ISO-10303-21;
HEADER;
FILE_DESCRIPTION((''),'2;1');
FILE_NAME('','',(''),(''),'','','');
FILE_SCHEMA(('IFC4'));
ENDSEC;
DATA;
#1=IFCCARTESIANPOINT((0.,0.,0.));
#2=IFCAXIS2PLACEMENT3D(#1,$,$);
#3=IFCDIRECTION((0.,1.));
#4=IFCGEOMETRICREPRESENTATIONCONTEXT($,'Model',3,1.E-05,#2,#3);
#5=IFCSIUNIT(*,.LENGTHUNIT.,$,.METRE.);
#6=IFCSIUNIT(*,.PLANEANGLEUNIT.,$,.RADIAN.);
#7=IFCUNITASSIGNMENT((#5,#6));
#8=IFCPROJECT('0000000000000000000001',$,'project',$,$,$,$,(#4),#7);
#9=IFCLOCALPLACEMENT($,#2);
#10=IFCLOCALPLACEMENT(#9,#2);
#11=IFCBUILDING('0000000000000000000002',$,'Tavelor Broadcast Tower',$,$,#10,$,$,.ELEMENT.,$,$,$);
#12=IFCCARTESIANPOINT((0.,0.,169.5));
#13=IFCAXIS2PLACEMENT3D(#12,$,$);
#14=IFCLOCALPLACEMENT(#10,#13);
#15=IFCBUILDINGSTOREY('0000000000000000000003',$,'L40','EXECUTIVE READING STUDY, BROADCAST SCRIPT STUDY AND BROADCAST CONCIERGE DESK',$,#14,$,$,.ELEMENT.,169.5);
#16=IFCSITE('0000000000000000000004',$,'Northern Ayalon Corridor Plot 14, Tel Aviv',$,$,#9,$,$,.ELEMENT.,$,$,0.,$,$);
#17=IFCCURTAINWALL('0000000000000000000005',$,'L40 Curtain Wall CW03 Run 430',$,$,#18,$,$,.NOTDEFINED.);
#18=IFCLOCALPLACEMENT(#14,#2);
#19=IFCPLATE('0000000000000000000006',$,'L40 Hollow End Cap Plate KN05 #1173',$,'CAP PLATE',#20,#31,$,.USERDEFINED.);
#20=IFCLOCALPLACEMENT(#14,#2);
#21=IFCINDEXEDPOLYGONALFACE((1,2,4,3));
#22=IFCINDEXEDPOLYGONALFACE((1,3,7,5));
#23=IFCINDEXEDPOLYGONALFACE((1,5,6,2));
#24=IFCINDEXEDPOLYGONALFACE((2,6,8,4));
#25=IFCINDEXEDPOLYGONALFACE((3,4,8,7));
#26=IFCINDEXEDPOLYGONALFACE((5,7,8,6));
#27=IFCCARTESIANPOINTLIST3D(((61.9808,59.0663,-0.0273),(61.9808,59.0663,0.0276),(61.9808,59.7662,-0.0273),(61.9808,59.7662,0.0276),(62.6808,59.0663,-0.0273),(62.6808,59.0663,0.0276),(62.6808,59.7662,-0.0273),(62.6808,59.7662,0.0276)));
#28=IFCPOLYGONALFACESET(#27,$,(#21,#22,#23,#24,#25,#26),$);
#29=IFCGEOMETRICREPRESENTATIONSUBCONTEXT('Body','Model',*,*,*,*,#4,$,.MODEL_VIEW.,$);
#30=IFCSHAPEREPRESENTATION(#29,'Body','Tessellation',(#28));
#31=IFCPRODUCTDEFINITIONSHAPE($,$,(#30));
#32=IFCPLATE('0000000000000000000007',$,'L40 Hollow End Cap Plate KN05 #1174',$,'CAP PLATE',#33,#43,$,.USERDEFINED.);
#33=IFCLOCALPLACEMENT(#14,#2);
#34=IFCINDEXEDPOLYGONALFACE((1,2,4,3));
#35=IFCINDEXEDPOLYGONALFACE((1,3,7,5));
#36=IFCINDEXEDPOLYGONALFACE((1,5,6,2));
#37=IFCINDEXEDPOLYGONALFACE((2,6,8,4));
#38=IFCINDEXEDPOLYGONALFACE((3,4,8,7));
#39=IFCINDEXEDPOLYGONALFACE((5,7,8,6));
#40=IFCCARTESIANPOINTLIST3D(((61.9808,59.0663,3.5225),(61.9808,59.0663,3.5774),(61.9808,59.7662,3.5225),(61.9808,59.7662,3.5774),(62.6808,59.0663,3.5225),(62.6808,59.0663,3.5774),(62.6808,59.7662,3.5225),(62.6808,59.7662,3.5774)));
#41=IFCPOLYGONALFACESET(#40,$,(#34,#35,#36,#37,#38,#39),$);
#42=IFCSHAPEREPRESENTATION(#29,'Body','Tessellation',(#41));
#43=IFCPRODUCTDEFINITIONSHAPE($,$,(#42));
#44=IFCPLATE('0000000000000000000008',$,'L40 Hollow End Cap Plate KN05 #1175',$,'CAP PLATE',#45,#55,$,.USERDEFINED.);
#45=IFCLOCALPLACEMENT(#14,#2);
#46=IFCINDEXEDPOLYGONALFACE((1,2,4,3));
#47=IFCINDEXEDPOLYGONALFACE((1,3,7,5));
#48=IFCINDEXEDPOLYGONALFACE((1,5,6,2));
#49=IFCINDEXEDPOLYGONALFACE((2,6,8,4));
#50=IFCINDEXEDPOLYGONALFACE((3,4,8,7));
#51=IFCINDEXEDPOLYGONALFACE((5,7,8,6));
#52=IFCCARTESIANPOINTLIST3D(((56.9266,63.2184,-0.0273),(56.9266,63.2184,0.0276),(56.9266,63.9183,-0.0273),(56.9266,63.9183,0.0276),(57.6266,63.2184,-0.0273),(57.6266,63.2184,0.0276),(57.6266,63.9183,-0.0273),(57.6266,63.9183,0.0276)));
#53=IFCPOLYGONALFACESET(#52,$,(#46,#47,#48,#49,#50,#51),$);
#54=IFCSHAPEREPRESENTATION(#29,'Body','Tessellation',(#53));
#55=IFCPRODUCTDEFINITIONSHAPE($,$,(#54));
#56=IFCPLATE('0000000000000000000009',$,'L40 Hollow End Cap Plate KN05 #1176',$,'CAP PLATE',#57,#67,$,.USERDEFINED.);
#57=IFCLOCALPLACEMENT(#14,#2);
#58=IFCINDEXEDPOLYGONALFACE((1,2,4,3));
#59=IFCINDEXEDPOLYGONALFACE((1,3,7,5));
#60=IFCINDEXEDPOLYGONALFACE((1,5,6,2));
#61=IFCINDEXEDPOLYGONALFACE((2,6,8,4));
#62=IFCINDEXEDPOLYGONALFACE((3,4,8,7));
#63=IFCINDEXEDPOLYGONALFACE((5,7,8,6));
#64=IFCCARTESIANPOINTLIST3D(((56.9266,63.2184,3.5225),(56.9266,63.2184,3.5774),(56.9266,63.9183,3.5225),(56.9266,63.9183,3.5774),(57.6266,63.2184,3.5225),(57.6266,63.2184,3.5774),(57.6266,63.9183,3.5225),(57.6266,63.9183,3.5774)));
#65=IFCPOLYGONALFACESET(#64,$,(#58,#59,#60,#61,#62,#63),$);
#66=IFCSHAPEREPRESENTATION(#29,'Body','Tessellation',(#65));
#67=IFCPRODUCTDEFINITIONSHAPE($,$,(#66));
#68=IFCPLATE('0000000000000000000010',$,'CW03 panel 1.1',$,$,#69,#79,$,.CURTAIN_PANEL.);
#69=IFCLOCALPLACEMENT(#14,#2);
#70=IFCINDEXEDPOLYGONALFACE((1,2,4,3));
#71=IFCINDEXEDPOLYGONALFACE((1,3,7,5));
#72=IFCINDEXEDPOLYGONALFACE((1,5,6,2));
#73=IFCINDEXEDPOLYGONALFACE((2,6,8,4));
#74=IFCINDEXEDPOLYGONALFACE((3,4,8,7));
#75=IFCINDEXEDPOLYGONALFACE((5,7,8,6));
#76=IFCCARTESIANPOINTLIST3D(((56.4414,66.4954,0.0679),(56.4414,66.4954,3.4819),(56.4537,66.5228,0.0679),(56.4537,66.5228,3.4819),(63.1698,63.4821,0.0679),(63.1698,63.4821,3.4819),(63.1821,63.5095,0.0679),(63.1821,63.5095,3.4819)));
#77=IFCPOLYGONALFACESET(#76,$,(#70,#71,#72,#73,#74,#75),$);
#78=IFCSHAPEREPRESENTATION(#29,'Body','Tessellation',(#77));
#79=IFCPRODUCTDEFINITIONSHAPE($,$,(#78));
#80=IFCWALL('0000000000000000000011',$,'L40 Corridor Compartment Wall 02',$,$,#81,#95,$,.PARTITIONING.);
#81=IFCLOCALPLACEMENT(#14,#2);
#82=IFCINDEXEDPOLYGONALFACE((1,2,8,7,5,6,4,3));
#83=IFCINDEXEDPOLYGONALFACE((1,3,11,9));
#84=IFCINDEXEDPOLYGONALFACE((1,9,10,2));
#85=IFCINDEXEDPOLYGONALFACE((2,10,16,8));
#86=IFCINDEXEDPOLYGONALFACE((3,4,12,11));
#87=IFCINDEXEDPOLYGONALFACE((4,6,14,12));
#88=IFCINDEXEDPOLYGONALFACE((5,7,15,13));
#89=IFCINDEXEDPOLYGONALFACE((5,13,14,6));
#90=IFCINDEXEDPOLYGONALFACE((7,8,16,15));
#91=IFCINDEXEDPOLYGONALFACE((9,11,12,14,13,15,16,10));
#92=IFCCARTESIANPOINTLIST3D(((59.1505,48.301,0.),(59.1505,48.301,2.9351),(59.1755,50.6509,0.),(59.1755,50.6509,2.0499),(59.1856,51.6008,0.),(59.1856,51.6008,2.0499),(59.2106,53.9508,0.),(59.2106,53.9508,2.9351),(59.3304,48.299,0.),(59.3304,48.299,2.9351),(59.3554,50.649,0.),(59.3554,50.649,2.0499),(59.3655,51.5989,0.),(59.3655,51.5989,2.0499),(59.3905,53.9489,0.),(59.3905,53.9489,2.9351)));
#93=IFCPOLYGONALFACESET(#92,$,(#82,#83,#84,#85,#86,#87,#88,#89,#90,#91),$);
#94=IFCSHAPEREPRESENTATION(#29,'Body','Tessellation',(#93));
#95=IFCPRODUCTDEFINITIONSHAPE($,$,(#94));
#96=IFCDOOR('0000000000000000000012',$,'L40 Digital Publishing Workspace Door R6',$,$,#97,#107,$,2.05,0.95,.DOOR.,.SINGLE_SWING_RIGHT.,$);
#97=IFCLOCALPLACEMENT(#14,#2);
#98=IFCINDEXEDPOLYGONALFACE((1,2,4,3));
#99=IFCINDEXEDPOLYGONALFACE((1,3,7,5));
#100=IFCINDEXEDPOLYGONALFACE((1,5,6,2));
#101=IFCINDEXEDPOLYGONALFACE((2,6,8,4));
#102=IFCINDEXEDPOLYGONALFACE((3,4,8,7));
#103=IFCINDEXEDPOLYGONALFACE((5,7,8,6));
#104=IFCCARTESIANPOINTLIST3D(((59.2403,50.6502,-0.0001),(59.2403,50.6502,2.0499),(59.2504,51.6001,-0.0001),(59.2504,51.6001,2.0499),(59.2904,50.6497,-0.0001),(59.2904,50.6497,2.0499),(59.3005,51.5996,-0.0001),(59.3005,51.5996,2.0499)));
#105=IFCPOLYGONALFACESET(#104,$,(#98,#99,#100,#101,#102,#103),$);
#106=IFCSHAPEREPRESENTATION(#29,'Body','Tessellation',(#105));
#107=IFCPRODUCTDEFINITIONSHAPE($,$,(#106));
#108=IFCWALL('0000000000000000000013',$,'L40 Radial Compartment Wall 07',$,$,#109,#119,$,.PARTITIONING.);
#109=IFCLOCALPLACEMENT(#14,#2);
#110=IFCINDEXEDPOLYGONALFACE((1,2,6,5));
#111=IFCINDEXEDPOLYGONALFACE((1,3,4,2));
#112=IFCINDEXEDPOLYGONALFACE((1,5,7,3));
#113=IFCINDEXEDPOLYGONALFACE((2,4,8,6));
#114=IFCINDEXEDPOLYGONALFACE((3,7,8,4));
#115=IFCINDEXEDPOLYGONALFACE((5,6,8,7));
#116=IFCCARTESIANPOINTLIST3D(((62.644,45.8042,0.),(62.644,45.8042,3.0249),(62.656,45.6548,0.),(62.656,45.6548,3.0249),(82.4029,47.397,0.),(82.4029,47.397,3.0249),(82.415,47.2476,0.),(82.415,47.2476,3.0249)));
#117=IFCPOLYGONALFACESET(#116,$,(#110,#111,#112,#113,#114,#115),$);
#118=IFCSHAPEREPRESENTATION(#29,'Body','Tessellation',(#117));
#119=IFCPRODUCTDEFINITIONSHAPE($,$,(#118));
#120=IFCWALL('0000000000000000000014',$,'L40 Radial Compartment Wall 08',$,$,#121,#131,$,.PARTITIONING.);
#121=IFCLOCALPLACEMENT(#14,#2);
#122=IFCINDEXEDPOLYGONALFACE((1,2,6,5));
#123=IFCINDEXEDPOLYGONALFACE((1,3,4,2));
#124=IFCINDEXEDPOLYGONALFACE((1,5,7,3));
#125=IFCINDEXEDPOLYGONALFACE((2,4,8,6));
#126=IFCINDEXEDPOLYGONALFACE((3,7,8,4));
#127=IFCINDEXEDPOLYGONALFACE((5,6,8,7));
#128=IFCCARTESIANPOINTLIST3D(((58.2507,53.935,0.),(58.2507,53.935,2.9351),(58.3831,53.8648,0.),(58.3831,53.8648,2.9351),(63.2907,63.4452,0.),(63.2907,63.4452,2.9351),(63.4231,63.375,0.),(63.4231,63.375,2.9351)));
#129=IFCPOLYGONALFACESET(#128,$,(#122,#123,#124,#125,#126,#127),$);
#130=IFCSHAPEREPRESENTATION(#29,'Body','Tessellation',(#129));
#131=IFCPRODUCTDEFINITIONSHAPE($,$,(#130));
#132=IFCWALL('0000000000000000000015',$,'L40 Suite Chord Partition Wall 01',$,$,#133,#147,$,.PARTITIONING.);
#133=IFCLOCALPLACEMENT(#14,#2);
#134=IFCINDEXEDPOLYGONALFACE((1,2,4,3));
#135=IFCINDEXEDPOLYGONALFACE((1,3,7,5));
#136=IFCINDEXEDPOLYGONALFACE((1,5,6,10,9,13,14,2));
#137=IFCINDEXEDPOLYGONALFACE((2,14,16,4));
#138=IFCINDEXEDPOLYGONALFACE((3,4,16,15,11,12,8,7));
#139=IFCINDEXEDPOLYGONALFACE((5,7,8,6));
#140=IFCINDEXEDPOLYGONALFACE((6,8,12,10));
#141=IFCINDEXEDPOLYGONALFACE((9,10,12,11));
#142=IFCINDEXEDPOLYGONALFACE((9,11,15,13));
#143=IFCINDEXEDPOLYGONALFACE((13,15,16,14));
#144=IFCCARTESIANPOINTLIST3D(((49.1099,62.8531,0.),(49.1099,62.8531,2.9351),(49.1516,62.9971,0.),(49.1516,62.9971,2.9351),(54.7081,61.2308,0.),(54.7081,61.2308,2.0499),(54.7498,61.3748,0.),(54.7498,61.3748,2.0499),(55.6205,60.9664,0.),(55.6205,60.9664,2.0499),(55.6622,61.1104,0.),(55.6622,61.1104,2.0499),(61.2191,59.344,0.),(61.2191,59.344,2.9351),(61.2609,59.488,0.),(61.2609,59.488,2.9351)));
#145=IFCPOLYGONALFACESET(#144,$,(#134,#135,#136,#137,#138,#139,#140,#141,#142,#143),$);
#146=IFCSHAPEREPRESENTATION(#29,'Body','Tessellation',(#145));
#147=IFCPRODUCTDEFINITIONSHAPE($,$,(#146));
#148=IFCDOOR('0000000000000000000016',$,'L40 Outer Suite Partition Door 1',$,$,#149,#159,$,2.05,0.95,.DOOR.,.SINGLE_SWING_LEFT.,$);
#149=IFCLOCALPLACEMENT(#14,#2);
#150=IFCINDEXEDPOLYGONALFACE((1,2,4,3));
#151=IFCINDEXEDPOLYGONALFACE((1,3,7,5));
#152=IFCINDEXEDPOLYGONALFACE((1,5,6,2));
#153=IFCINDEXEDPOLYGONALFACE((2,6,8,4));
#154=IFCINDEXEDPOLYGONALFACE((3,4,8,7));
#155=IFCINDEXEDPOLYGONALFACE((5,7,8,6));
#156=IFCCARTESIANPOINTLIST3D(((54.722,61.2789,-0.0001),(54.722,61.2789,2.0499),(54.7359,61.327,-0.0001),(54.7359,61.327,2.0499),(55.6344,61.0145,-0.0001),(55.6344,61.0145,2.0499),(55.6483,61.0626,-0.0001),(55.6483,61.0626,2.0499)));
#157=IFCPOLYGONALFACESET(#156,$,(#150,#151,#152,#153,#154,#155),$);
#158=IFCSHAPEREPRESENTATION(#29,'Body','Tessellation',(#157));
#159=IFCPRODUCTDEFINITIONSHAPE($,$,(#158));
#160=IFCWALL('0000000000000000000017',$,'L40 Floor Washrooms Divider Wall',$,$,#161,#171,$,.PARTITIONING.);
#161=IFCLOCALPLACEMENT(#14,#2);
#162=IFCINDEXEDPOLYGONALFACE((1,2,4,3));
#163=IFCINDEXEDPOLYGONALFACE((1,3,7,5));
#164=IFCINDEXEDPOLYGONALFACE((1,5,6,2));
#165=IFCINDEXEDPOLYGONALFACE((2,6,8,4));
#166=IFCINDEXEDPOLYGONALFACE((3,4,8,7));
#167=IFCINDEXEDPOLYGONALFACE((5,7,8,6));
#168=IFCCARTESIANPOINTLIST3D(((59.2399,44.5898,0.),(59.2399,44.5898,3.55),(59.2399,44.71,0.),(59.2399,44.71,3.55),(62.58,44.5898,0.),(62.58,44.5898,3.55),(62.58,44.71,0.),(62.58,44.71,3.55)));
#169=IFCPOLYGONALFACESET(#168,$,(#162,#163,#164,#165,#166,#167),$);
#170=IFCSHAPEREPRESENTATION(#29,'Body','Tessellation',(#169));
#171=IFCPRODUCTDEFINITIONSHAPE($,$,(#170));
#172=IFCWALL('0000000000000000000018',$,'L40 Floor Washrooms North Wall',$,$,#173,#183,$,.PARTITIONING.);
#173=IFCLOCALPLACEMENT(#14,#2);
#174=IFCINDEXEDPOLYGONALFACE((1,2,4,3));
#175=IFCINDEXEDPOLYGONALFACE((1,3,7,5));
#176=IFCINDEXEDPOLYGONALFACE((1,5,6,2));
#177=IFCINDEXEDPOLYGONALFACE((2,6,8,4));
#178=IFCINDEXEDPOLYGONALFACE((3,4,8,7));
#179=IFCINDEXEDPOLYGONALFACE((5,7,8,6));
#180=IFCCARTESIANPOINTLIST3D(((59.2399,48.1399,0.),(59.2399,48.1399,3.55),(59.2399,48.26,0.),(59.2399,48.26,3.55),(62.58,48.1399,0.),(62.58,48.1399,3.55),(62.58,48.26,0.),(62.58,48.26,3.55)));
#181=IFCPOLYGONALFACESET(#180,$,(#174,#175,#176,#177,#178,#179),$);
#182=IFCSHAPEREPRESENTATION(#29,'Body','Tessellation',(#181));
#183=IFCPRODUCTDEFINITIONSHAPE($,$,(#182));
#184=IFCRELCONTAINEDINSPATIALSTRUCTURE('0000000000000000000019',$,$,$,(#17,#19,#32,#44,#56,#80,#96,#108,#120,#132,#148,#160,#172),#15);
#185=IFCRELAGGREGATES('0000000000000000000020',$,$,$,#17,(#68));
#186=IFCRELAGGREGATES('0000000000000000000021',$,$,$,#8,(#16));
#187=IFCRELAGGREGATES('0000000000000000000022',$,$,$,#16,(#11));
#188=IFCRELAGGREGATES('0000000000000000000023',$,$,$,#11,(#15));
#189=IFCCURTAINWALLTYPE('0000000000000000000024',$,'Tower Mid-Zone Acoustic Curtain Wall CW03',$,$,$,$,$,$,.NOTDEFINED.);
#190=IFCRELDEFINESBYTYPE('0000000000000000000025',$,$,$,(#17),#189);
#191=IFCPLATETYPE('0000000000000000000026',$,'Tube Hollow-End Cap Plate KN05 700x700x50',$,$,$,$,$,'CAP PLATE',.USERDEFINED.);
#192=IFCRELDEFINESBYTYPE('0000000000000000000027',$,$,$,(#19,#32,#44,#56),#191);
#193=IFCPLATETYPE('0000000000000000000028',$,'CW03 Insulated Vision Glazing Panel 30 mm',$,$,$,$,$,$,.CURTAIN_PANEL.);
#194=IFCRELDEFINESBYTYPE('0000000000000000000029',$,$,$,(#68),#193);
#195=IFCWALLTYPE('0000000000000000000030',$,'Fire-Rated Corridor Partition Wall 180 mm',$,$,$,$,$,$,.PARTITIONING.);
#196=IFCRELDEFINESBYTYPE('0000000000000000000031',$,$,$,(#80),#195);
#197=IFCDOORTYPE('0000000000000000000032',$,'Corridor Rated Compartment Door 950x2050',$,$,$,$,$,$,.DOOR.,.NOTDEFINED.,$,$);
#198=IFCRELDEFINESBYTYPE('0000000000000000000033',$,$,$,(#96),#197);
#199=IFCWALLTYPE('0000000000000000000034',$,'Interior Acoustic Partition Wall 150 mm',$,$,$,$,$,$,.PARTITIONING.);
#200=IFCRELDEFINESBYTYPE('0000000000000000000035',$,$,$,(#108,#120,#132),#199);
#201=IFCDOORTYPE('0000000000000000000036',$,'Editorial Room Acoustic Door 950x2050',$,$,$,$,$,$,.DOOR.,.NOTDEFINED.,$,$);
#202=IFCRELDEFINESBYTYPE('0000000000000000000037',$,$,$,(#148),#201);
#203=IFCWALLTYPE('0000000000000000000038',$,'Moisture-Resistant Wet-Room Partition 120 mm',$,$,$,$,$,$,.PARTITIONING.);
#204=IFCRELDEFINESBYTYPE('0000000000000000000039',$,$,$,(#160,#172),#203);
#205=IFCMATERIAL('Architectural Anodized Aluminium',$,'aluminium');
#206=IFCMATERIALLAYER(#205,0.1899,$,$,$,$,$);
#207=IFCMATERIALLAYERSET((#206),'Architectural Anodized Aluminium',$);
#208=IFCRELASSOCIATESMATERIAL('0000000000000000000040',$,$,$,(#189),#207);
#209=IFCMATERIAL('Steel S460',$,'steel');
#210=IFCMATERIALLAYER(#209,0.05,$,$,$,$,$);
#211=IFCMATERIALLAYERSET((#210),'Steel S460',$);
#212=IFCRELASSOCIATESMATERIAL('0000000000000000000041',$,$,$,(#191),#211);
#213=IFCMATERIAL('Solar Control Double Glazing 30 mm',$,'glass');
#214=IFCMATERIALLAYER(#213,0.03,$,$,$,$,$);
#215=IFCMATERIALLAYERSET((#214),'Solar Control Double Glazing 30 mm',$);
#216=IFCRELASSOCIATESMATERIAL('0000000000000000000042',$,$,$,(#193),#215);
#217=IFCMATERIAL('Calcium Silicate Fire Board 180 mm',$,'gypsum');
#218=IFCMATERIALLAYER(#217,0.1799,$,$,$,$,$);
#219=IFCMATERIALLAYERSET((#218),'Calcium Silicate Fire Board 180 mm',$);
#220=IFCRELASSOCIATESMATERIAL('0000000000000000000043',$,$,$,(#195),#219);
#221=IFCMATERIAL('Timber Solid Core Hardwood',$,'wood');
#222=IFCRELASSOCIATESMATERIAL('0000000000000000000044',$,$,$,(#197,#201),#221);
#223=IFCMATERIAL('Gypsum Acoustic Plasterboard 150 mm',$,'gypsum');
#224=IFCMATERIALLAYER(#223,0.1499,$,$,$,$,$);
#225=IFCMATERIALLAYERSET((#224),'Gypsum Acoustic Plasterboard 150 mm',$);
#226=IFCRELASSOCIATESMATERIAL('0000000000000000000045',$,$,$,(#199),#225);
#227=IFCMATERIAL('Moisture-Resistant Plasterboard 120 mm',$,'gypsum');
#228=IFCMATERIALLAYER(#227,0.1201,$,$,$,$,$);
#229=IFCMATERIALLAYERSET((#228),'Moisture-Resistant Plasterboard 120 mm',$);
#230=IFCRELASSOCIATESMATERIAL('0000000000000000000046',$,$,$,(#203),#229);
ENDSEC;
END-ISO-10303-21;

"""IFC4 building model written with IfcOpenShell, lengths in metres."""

from ifc_helpers import new_model, si_unit, direction, frame, frame_2d, origin, origin_2d, place, context, subcontext, project, spatial, rectangle, extrude, source, transform, mapped, material, layer, layer_set, type_object, type_shapes, element, fill, aggregate, save


model = new_model("IFC4")

# Units and contexts
model_context = context("Model", 3, precision=1e-05, world=origin(), true_north=direction((0.0, 1.0)))
body_context = subcontext(model_context, "Body", "Model", "MODEL_VIEW")
ifc_project = project(units=[si_unit("LENGTHUNIT", "METRE"), si_unit("PLANEANGLEUNIT", "RADIAN")], contexts=[model_context])

# Site, building, storey
site_placement = place(None, origin())
site = spatial("IfcSite", under=ifc_project, at=site_placement, Name="Northern Ayalon Corridor Plot 14, Tel Aviv", CompositionType="ELEMENT", RefElevation=0.0)
building_placement = place(site_placement, origin())
building = spatial("IfcBuilding", under=site, at=building_placement, Name="Tavelor Broadcast Tower", CompositionType="ELEMENT")
storey_placement = place(building_placement, frame((0.0, 0.0, 169.5)))
storey = spatial("IfcBuildingStorey", under=building, at=storey_placement, Name="L40", Description="EXECUTIVE READING STUDY, BROADCAST SCRIPT STUDY AND BROADCAST CONCIERGE DESK", CompositionType="ELEMENT", Elevation=169.5)

# Shared definitions
ifc_material_1 = material(Name="Steel S460", Category="steel")

# Curtain wall
ifc_material_2 = material(Name="Architectural Anodized Aluminium", Category="aluminium")
ifc_layer_1 = layer(ifc_material_2, 0.1899)
ifc_layer_set_1 = layer_set([ifc_layer_1], Name="Architectural Anodized Aluminium")
curtain_wall_type = type_object("IfcCurtainWallType", Name="Tower Mid-Zone Acoustic Curtain Wall CW03", PredefinedType="NOTDEFINED", material=ifc_layer_set_1)
curtain_wall_placement = place(storey_placement, origin())
curtain_wall = element("IfcCurtainWall", 1, at=curtain_wall_placement, inside=storey, type_object=curtain_wall_type, Name="L40 Curtain Wall CW03 Run 430", PredefinedType="NOTDEFINED")

# Plates
ifc_layer_2 = layer(ifc_material_1, 0.05)
ifc_layer_set_2 = layer_set([ifc_layer_2], Name="Steel S460")
plate_type_1 = type_object("IfcPlateType", Name="Tube Hollow-End Cap Plate KN05 700x700x50", ElementType="CAP PLATE", PredefinedType="USERDEFINED", material=ifc_layer_set_2)
shared_shape_1 = source(origin(), body_context, "Body", "SweptSolid", [
    extrude(rectangle(XDim=0.7, YDim=0.7, at=origin_2d()), origin(), (0.0, 0.0, 1.0), 0.0549),
])
type_shapes(plate_type_1, [shared_shape_1])
for number, where, z_axis, x_axis, name in (
    (2, (62.3308, 59.4163, -0.0273), (0.0, 0.0, 1.0), (1.0, 0.0, 0.0), "L40 Hollow End Cap Plate KN05 #1173"),
    (3, (62.3308, 59.4163, 3.5225), (0.0, 0.0, 1.0), (1.0, 0.0, 0.0), "L40 Hollow End Cap Plate KN05 #1174"),
    (4, (57.2766, 63.5684, -0.0273), (0.0, 0.0, 1.0), (1.0, 0.0, 0.0), "L40 Hollow End Cap Plate KN05 #1175"),
    (5, (57.2766, 63.5684, 3.5225), (0.0, 0.0, 1.0), (1.0, 0.0, 0.0), "L40 Hollow End Cap Plate KN05 #1176"),
):
    element("IfcPlate", number, at=place(storey_placement, frame(where, z_axis=z_axis, x_axis=x_axis)), inside=storey, type_object=plate_type_1, Name=name, ObjectType="CAP PLATE", PredefinedType="USERDEFINED", context=body_context, shape_type="MappedRepresentation", body=[
        mapped(shared_shape_1, transform((0.0, 0.0, 0.0), scale=1.0)),
    ])

# Plate
ifc_material_3 = material(Name="Solar Control Double Glazing 30 mm", Category="glass")
ifc_layer_3 = layer(ifc_material_3, 0.03)
ifc_layer_set_3 = layer_set([ifc_layer_3], Name="Solar Control Double Glazing 30 mm")
plate_type_2 = type_object("IfcPlateType", Name="CW03 Insulated Vision Glazing Panel 30 mm", PredefinedType="CURTAIN_PANEL", material=ifc_layer_set_3)
shared_shape_2 = source(origin(), body_context, "Body", "SweptSolid", [
    extrude(rectangle(XDim=7.3723, YDim=0.03, at=origin_2d()), origin(), (0.0, 0.0, 1.0), 3.4141),
])
type_shapes(plate_type_2, [shared_shape_2])
plate_placement = place(storey_placement, frame((59.8118, 65.0024, 0.0679), z_axis=(0.0, 0.0, 1.0), x_axis=(-0.912654, 0.408733, 0.0)))
plate = element("IfcPlate", 6, at=plate_placement, type_object=plate_type_2, Name="CW03 panel 1.1", PredefinedType="CURTAIN_PANEL", context=body_context, shape_type="MappedRepresentation", body=[
    mapped(shared_shape_2, transform((0.0, 0.0, 0.0), scale=1.0)),
])
aggregate(curtain_wall, [plate])

# Wall, opening, door
ifc_material_4 = material(Name="Calcium Silicate Fire Board 180 mm", Category="gypsum")
ifc_layer_4 = layer(ifc_material_4, 0.1799)
ifc_layer_set_4 = layer_set([ifc_layer_4], Name="Calcium Silicate Fire Board 180 mm")
wall_type_1 = type_object("IfcWallType", Name="Fire-Rated Corridor Partition Wall 180 mm", PredefinedType="PARTITIONING", material=ifc_layer_set_4)
wall_1_placement = place(storey_placement, frame((59.3005, 53.95, 0.0), z_axis=(0.0, 0.0, 1.0), x_axis=(-0.010629, -0.999944, 0.0)))
wall_1 = element("IfcWall", 7, at=wall_1_placement, inside=storey, type_object=wall_type_1, Name="L40 Corridor Compartment Wall 02", PredefinedType="PARTITIONING", context=body_context, shape_type="SweptSolid", body=[
    extrude(rectangle(XDim=5.6501, YDim=0.1799, at=frame_2d((2.8252, 0.0))), origin(), (0.0, 0.0, 1.0), 2.9351),
])
opening_1_placement = place(wall_1_placement, frame((2.3501, 0.0, 0.0)))
opening_1 = element("IfcOpeningElement", 8, at=opening_1_placement, cuts=wall_1, PredefinedType="OPENING", context=body_context, shape_type="SweptSolid", body=[
    extrude(rectangle(XDim=0.95, YDim=2.05, at=frame_2d((0.4751, 1.0249))), frame((0.0, 0.1001, 0.0), z_axis=(0.0, -1.0, 0.0), x_axis=(1.0, 0.0, 0.0)), (0.0, 0.0, 1.0), 0.2),
])
ifc_material_5 = material(Name="Timber Solid Core Hardwood", Category="wood")
door_type_1 = type_object("IfcDoorType", Name="Corridor Rated Compartment Door 950x2050", OperationType="NOTDEFINED", PredefinedType="DOOR", material=ifc_material_5)
door_1_placement = place(opening_1_placement, origin())
door_1 = element("IfcDoor", 9, at=door_1_placement, inside=storey, type_object=door_type_1, Name="L40 Digital Publishing Workspace Door R6", OperationType="SINGLE_SWING_RIGHT", OverallHeight=2.05, OverallWidth=0.95, PredefinedType="DOOR", context=body_context, shape_type="SweptSolid", body=[
    extrude(rectangle(XDim=0.95, YDim=2.05, at=frame_2d((0.4751, 1.0249))), frame((0.0, 0.0249, 0.0), z_axis=(0.0, -1.0, 0.0), x_axis=(1.0, 0.0, 0.0)), (0.0, 0.0, 1.0), 0.05),
])
fill(opening_1, door_1)

# Walls
ifc_material_6 = material(Name="Gypsum Acoustic Plasterboard 150 mm", Category="gypsum")
ifc_layer_5 = layer(ifc_material_6, 0.1499)
ifc_layer_set_5 = layer_set([ifc_layer_5], Name="Gypsum Acoustic Plasterboard 150 mm")
wall_type_2 = type_object("IfcWallType", Name="Interior Acoustic Partition Wall 150 mm", PredefinedType="PARTITIONING", material=ifc_layer_set_5)
wall_2_placement = place(storey_placement, frame((62.6499, 45.7295, 0.0), z_axis=(0.0, 0.0, 1.0), x_axis=(0.996767, 0.08035, 0.0)))
element("IfcWall", 10, at=wall_2_placement, inside=storey, type_object=wall_type_2, Name="L40 Radial Compartment Wall 07", PredefinedType="PARTITIONING", context=body_context, shape_type="SweptSolid", body=[
    extrude(rectangle(XDim=19.823, YDim=0.1499, at=frame_2d((9.9116, 0.0))), origin(), (0.0, 0.0, 1.0), 3.0249),
])
wall_3_placement = place(storey_placement, frame((58.3169, 53.8999, 0.0), z_axis=(0.0, 0.0, 1.0), x_axis=(0.468265, 0.883588, 0.0)))
element("IfcWall", 11, at=wall_3_placement, inside=storey, type_object=wall_type_2, Name="L40 Radial Compartment Wall 08", PredefinedType="PARTITIONING", context=body_context, shape_type="SweptSolid", body=[
    extrude(rectangle(XDim=10.7632, YDim=0.1499, at=frame_2d((5.3816, 0.0))), origin(), (0.0, 0.0, 1.0), 2.9351),
])

# Wall, opening, door
wall_4_placement = place(storey_placement, frame((61.24, 59.416, 0.0), z_axis=(0.0, 0.0, 1.0), x_axis=(-0.960485, 0.278333, 0.0)))
wall_4 = element("IfcWall", 12, at=wall_4_placement, inside=storey, type_object=wall_type_2, Name="L40 Suite Chord Partition Wall 01", PredefinedType="PARTITIONING", context=body_context, shape_type="SweptSolid", body=[
    extrude(rectangle(XDim=12.6074, YDim=0.1499, at=frame_2d((6.3037, 0.0))), origin(), (0.0, 0.0, 1.0), 2.9351),
])
opening_2_placement = place(wall_4_placement, frame((5.8289, 0.0, 0.0)))
opening_2 = element("IfcOpeningElement", 13, at=opening_2_placement, cuts=wall_4, PredefinedType="OPENING", context=body_context, shape_type="SweptSolid", body=[
    extrude(rectangle(XDim=0.95, YDim=2.05, at=frame_2d((0.4751, 1.0249))), frame((0.0, 0.085, 0.0), z_axis=(0.0, -1.0, 0.0), x_axis=(1.0, 0.0, 0.0)), (0.0, 0.0, 1.0), 0.1699),
])
door_type_2 = type_object("IfcDoorType", Name="Editorial Room Acoustic Door 950x2050", OperationType="NOTDEFINED", PredefinedType="DOOR", material=ifc_material_5)
door_2_placement = place(opening_2_placement, origin())
door_2 = element("IfcDoor", 14, at=door_2_placement, inside=storey, type_object=door_type_2, Name="L40 Outer Suite Partition Door 1", OperationType="SINGLE_SWING_LEFT", OverallHeight=2.05, OverallWidth=0.95, PredefinedType="DOOR", context=body_context, shape_type="SweptSolid", body=[
    extrude(rectangle(XDim=0.95, YDim=2.05, at=frame_2d((0.4751, 1.0249))), frame((0.0, 0.0249, 0.0), z_axis=(0.0, -1.0, 0.0), x_axis=(1.0, 0.0, 0.0)), (0.0, 0.0, 1.0), 0.05),
])
fill(opening_2, door_2)

# Walls
ifc_material_7 = material(Name="Moisture-Resistant Plasterboard 120 mm", Category="gypsum")
ifc_layer_6 = layer(ifc_material_7, 0.1201)
ifc_layer_set_6 = layer_set([ifc_layer_6], Name="Moisture-Resistant Plasterboard 120 mm")
wall_type_3 = type_object("IfcWallType", Name="Moisture-Resistant Wet-Room Partition 120 mm", PredefinedType="PARTITIONING", material=ifc_layer_set_6)
for number, where, z_axis, x_axis, name in (
    (15, (59.24, 44.6499, 0.0), (0.0, 0.0, 1.0), (1.0, 0.0, 0.0), "L40 Floor Washrooms Divider Wall"),
    (16, (59.24, 48.2, 0.0), (0.0, 0.0, 1.0), (1.0, 0.0, 0.0), "L40 Floor Washrooms North Wall"),
):
    element("IfcWall", number, at=place(storey_placement, frame(where, z_axis=z_axis, x_axis=x_axis)), inside=storey, type_object=wall_type_3, Name=name, PredefinedType="PARTITIONING", context=body_context, shape_type="SweptSolid", body=[
        extrude(rectangle(XDim=3.3401, YDim=0.1201, at=frame_2d((1.6699, 0.0))), origin(), (0.0, 0.0, 1.0), 3.55),
    ])

save(model, "model.ifc")
